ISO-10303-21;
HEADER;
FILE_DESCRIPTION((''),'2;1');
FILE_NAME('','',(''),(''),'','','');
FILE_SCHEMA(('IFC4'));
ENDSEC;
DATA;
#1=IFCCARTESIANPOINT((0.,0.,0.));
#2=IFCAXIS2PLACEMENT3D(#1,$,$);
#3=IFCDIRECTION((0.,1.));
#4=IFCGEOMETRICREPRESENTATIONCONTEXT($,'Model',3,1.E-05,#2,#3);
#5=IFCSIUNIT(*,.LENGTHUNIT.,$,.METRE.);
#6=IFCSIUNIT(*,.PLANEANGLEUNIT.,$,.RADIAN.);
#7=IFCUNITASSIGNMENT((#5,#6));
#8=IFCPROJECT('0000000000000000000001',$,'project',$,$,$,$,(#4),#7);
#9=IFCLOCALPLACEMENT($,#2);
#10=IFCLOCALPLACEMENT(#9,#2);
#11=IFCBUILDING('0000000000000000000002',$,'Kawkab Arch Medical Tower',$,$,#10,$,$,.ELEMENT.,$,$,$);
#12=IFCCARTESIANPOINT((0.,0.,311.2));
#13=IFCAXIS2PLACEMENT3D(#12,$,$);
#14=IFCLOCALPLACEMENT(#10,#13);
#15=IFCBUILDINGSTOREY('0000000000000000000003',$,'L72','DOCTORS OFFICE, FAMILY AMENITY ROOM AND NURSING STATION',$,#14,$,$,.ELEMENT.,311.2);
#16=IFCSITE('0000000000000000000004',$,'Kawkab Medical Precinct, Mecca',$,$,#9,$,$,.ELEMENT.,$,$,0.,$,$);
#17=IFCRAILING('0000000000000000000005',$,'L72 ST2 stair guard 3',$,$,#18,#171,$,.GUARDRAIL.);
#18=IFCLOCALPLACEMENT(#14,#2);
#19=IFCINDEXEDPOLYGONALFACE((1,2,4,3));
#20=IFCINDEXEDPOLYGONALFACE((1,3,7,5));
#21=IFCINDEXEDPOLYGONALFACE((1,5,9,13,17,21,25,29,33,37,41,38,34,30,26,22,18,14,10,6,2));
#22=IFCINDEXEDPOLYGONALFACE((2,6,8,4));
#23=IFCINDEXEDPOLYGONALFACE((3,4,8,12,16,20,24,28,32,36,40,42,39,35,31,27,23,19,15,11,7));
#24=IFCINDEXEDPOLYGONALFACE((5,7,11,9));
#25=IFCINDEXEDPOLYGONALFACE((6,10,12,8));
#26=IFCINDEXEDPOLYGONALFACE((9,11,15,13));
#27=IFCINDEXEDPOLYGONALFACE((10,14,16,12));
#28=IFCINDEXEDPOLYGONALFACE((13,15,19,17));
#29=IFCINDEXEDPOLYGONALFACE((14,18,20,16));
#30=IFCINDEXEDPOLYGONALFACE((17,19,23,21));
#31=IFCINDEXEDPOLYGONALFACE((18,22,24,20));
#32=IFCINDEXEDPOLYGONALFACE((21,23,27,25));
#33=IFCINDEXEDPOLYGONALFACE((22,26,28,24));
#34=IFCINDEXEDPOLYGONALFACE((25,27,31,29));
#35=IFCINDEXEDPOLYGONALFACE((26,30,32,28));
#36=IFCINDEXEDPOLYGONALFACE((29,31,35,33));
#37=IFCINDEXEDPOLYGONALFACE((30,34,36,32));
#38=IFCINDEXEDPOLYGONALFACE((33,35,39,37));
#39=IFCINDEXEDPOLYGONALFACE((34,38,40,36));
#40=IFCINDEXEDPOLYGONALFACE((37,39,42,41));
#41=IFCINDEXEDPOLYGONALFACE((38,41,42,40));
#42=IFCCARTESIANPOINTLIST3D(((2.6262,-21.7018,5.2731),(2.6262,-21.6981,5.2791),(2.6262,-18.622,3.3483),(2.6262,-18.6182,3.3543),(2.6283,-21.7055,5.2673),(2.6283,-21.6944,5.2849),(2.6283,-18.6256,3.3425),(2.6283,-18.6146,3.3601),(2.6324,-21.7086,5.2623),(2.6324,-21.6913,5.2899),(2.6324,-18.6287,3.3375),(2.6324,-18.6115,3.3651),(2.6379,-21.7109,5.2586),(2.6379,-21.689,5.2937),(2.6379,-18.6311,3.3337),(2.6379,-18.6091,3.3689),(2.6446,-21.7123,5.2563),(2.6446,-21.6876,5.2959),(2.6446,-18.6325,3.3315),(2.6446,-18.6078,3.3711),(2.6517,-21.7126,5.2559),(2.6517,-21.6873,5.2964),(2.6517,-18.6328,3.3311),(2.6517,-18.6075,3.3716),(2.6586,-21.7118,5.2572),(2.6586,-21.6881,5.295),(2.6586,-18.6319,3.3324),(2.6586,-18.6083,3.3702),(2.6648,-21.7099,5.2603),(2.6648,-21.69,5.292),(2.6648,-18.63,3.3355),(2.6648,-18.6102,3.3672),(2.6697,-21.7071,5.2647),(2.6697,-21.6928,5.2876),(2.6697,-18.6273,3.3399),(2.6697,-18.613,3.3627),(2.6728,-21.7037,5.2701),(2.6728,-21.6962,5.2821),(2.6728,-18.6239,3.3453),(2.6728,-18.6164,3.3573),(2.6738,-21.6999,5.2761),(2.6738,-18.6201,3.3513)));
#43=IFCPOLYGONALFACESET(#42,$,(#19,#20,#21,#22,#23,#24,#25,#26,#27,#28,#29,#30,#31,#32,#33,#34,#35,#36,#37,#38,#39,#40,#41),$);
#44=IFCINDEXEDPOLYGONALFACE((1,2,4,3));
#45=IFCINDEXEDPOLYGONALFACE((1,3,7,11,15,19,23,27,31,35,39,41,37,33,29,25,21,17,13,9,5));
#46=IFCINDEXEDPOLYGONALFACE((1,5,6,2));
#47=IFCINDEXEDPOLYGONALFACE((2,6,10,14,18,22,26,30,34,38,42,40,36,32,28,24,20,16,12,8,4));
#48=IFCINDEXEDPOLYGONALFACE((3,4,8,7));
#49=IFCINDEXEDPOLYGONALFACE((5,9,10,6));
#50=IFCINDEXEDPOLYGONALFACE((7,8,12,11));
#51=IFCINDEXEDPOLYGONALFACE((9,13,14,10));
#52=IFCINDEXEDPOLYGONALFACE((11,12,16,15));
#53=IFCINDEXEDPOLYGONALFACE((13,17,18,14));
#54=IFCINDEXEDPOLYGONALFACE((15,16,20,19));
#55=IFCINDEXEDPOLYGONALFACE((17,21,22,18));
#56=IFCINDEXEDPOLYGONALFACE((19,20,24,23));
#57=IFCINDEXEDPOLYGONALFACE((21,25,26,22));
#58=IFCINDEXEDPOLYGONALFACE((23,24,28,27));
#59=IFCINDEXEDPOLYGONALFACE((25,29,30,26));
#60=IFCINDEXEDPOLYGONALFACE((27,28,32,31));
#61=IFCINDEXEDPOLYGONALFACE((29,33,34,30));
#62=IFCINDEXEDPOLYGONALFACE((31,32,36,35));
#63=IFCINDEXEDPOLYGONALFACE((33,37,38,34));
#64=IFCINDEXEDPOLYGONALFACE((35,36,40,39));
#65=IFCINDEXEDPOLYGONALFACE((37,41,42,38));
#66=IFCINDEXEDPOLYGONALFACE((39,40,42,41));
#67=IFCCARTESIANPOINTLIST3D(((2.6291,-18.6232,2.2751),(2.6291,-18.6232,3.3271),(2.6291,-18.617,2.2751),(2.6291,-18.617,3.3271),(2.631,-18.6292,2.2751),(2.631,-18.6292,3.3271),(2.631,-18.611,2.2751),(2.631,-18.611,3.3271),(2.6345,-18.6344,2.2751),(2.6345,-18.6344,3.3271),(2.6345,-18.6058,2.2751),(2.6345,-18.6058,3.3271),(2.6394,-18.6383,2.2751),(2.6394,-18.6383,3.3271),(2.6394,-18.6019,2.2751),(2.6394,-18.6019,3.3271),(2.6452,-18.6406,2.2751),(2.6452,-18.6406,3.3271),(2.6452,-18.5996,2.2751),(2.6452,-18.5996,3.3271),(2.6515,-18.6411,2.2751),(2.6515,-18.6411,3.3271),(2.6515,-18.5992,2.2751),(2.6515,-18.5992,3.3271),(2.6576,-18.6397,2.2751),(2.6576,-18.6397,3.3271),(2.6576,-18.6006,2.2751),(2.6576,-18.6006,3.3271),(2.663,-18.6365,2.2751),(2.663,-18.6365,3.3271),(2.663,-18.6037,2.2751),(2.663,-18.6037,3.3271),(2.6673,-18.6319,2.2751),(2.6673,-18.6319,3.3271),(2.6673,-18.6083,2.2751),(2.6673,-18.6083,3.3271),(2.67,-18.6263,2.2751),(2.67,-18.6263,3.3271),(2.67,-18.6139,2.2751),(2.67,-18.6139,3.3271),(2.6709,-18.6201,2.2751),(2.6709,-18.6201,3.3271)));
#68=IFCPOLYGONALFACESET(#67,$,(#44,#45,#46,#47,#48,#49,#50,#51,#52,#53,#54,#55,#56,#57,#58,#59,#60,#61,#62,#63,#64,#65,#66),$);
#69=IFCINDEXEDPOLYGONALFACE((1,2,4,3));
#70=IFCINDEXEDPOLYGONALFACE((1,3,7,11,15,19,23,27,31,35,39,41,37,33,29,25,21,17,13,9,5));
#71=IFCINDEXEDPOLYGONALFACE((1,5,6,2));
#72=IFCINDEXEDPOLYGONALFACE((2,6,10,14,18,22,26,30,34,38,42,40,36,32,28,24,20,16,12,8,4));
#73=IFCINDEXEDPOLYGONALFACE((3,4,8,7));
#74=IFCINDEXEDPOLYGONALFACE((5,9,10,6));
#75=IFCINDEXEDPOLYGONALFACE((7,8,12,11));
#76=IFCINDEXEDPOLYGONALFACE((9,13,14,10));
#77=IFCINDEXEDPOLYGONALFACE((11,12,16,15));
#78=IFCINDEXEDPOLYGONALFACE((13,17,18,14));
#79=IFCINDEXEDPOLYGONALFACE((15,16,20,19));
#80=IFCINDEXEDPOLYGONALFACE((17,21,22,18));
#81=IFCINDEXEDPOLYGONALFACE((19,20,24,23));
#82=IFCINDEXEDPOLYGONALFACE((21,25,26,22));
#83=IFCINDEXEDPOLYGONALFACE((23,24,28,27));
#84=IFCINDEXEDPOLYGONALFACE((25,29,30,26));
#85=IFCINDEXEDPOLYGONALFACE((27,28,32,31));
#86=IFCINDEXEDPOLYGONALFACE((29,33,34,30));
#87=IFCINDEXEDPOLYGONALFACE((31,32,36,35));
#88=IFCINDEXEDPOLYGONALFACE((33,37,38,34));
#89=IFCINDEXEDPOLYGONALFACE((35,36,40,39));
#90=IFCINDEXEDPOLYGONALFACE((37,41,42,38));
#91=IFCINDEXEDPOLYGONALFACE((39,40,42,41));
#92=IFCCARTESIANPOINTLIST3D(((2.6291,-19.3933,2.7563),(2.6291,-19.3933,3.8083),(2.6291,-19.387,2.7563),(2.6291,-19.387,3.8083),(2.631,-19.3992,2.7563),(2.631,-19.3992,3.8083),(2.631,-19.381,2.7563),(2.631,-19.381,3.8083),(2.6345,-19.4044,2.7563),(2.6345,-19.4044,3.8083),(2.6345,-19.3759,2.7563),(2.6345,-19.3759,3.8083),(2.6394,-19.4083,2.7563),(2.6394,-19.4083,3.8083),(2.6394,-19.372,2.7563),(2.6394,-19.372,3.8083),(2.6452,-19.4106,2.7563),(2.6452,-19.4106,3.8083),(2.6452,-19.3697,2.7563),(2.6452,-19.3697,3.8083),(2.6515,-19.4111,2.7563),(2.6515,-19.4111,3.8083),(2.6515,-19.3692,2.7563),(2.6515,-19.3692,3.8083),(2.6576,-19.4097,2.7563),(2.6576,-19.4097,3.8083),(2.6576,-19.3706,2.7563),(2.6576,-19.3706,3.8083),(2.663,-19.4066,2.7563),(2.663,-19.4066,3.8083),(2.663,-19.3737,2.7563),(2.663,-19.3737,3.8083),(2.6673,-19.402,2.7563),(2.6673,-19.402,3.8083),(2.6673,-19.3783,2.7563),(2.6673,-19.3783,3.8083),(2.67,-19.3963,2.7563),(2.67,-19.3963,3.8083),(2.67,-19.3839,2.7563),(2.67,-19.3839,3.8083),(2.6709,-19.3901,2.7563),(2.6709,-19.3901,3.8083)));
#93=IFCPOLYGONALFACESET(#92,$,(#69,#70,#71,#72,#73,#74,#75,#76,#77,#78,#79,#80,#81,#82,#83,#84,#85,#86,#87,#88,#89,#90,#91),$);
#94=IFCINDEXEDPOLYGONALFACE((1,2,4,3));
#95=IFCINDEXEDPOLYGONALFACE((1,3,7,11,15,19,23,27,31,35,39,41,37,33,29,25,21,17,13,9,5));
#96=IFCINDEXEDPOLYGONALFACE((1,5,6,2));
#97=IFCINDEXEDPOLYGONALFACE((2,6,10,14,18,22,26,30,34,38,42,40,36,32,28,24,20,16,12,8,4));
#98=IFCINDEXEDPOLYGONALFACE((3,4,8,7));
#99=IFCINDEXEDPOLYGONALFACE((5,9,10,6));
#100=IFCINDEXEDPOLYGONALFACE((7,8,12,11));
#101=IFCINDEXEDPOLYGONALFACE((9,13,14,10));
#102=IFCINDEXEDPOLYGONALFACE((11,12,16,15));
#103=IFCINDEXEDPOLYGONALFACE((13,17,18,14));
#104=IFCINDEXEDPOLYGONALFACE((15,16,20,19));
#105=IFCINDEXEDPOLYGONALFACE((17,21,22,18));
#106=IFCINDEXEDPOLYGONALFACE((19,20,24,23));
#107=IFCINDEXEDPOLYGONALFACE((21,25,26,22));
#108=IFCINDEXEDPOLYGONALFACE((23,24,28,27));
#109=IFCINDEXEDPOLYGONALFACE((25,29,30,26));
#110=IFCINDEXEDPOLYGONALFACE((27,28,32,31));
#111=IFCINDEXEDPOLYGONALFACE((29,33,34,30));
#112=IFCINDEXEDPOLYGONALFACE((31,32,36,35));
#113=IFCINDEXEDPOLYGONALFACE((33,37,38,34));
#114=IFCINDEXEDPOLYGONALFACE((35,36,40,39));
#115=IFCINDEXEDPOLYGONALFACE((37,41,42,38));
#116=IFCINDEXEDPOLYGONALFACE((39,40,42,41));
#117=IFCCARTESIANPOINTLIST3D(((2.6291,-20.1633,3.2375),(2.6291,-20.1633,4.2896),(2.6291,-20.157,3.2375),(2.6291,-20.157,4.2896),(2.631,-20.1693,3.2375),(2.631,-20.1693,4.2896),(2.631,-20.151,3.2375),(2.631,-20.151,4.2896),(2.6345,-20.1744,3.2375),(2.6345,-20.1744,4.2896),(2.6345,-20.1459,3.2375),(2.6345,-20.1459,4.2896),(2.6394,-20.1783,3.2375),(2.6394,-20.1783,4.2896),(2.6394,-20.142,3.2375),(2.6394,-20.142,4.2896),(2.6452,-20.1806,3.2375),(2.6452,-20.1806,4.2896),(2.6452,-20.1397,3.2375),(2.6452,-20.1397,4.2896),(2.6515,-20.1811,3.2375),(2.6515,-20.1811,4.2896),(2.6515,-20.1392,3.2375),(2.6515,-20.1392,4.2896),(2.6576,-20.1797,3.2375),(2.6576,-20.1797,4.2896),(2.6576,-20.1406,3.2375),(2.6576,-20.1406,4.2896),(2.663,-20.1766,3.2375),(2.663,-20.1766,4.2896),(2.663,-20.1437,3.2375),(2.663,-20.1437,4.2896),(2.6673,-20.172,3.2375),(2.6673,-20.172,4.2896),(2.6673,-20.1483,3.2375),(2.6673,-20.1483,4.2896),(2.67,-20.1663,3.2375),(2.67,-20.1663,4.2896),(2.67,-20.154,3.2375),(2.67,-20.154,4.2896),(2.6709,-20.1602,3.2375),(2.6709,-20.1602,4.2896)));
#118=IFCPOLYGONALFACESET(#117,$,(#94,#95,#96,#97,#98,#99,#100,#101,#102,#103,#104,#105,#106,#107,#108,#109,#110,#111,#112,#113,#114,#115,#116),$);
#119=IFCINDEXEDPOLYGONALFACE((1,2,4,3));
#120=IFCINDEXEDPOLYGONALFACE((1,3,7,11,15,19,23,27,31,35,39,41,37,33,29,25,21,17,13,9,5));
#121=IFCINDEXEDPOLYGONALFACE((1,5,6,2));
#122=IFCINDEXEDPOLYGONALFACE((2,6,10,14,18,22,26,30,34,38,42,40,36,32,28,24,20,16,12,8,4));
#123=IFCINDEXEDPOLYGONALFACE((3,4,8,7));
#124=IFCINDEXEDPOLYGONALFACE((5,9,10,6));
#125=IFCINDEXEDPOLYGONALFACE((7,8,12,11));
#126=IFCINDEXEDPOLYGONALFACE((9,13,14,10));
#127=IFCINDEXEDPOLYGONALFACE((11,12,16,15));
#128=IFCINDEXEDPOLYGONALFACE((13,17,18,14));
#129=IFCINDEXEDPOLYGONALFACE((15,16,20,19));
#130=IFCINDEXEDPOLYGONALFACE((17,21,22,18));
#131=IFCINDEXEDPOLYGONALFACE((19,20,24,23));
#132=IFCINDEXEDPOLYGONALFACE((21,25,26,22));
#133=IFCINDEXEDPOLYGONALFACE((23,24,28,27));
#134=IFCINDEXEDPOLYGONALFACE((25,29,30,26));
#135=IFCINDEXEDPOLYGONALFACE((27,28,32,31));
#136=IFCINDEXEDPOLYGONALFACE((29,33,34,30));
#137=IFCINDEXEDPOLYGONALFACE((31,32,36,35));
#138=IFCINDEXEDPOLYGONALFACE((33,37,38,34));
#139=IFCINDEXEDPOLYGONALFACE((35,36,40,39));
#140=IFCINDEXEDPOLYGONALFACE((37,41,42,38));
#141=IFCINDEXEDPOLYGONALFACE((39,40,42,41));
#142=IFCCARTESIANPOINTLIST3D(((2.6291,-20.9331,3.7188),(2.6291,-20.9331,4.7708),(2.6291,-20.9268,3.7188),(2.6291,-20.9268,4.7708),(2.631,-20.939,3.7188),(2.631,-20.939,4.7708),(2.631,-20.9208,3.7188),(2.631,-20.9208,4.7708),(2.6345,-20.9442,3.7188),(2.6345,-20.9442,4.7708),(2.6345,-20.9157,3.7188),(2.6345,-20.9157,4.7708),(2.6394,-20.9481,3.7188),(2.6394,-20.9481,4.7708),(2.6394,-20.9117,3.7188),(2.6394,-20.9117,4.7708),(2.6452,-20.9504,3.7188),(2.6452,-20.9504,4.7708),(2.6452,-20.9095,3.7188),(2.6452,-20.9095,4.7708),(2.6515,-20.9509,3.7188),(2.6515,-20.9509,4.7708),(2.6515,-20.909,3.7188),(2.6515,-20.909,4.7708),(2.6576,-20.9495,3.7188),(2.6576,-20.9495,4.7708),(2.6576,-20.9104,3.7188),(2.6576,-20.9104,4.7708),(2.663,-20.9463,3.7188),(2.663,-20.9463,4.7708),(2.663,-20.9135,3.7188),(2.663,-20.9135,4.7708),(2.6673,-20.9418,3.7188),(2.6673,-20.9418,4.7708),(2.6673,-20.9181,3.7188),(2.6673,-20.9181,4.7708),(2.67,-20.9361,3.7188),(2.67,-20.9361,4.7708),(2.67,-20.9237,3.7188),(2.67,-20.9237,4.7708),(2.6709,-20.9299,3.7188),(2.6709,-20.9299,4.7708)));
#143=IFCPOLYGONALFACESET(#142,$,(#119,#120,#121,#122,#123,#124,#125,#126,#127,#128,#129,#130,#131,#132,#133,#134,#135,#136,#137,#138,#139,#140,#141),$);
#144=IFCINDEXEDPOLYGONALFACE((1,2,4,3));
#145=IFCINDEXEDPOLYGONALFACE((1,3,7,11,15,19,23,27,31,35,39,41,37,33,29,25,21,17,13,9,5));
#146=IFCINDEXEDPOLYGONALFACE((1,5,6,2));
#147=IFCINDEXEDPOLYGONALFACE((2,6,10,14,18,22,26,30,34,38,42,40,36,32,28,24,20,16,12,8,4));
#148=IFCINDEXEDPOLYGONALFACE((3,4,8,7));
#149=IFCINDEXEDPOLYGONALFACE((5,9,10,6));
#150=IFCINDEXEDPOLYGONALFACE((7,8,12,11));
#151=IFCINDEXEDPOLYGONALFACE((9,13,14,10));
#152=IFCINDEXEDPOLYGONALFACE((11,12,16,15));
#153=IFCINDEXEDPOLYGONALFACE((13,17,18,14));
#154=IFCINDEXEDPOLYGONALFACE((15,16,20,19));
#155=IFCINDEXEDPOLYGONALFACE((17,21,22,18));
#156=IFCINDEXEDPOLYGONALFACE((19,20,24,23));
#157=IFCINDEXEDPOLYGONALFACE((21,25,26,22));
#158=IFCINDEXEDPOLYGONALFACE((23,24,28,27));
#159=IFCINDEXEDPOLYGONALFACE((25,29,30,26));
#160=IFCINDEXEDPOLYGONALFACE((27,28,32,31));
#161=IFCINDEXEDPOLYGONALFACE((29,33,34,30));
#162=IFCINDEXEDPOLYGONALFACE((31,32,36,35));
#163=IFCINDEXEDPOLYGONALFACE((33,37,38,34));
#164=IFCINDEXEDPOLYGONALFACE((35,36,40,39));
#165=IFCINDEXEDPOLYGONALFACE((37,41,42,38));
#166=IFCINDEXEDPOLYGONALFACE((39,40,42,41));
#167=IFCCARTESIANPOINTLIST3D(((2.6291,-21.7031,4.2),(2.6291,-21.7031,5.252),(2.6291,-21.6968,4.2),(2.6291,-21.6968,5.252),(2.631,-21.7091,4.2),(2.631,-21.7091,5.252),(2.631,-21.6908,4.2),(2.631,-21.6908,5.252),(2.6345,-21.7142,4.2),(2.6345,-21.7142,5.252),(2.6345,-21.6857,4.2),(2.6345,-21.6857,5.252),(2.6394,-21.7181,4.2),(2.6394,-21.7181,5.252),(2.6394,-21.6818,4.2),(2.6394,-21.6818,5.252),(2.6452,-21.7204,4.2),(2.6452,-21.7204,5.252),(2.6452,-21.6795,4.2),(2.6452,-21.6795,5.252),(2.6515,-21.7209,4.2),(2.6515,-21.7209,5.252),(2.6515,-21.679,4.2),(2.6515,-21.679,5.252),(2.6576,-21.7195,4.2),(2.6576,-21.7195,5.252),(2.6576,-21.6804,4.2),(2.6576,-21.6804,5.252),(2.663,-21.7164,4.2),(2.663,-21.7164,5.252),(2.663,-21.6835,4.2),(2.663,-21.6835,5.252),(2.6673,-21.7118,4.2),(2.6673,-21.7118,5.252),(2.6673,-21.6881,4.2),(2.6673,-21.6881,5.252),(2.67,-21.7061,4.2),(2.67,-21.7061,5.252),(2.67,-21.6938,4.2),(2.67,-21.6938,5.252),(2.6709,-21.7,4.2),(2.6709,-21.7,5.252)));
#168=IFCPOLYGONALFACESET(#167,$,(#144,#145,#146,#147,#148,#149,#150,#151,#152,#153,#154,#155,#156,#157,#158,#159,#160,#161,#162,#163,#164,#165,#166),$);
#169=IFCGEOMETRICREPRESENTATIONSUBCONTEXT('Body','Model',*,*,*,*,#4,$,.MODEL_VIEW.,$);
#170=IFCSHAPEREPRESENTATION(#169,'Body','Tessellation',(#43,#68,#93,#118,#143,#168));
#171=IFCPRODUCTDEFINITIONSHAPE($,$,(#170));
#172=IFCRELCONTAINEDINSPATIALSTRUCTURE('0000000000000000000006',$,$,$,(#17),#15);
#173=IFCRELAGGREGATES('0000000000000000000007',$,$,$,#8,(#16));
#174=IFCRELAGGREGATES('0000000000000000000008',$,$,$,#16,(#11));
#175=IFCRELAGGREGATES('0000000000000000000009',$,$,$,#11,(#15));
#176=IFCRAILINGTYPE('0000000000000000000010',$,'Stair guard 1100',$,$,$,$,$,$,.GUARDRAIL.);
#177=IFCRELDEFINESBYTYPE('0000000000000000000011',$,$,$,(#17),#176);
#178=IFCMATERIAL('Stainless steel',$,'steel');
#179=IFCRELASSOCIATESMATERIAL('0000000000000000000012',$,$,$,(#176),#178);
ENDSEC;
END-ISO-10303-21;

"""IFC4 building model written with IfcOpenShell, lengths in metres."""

from ifc_helpers import new_model, si_unit, direction, frame, origin, origin_2d, place, context, subcontext, project, spatial, circle, extrude, material, type_object, element, save


model = new_model("IFC4")

# Units and contexts
model_context = context("Model", 3, precision=1e-05, world=origin(), true_north=direction((0.0, 1.0)))
body_context = subcontext(model_context, "Body", "Model", "MODEL_VIEW")
ifc_project = project(units=[si_unit("LENGTHUNIT", "METRE"), si_unit("PLANEANGLEUNIT", "RADIAN")], contexts=[model_context])

# Site, building, storey
site_placement = place(None, origin())
site = spatial("IfcSite", under=ifc_project, at=site_placement, Name="Kawkab Medical Precinct, Mecca", CompositionType="ELEMENT", RefElevation=0.0)
building_placement = place(site_placement, origin())
building = spatial("IfcBuilding", under=site, at=building_placement, Name="Kawkab Arch Medical Tower", CompositionType="ELEMENT")
storey_placement = place(building_placement, frame((0.0, 0.0, 311.2)))
storey = spatial("IfcBuildingStorey", under=building, at=storey_placement, Name="L72", Description="DOCTORS OFFICE, FAMILY AMENITY ROOM AND NURSING STATION", CompositionType="ELEMENT", Elevation=311.2)

# Railing
ifc_material_1 = material(Name="Stainless steel", Category="steel")
railing_type = type_object("IfcRailingType", Name="Stair guard 1100", PredefinedType="GUARDRAIL", material=ifc_material_1)
railing_1_placement = place(storey_placement, frame((2.6499, -18.6201, 2.2751)))
element("IfcRailing", 1, at=railing_1_placement, inside=storey, type_object=railing_type, Name="L72 ST2 stair guard 3", PredefinedType="GUARDRAIL", context=body_context, shape_type="SweptSolid", body=[
    extrude(circle(Radius=0.0239, at=origin_2d()), frame((0.0, 0.0, 1.0762), z_axis=(0.0, -0.84801, 0.529981), x_axis=(1.0, 0.0, 0.0)), (0.0, 0.0, 1.0), 3.6318),
    extrude(circle(Radius=0.021, at=origin_2d()), origin(), (0.0, 0.0, 1.0), 1.052),
    extrude(circle(Radius=0.021, at=origin_2d()), frame((0.0, -0.77, 0.4812)), (0.0, 0.0, 1.0), 1.052),
    extrude(circle(Radius=0.021, at=origin_2d()), frame((0.0, -1.54, 0.9624)), (0.0, 0.0, 1.0), 1.052),
    extrude(circle(Radius=0.021, at=origin_2d()), frame((0.0, -2.3098, 1.4436)), (0.0, 0.0, 1.0), 1.052),
    extrude(circle(Radius=0.021, at=origin_2d()), frame((0.0, -3.0798, 1.9248)), (0.0, 0.0, 1.0), 1.052),
])

save(model, "model.ifc")
